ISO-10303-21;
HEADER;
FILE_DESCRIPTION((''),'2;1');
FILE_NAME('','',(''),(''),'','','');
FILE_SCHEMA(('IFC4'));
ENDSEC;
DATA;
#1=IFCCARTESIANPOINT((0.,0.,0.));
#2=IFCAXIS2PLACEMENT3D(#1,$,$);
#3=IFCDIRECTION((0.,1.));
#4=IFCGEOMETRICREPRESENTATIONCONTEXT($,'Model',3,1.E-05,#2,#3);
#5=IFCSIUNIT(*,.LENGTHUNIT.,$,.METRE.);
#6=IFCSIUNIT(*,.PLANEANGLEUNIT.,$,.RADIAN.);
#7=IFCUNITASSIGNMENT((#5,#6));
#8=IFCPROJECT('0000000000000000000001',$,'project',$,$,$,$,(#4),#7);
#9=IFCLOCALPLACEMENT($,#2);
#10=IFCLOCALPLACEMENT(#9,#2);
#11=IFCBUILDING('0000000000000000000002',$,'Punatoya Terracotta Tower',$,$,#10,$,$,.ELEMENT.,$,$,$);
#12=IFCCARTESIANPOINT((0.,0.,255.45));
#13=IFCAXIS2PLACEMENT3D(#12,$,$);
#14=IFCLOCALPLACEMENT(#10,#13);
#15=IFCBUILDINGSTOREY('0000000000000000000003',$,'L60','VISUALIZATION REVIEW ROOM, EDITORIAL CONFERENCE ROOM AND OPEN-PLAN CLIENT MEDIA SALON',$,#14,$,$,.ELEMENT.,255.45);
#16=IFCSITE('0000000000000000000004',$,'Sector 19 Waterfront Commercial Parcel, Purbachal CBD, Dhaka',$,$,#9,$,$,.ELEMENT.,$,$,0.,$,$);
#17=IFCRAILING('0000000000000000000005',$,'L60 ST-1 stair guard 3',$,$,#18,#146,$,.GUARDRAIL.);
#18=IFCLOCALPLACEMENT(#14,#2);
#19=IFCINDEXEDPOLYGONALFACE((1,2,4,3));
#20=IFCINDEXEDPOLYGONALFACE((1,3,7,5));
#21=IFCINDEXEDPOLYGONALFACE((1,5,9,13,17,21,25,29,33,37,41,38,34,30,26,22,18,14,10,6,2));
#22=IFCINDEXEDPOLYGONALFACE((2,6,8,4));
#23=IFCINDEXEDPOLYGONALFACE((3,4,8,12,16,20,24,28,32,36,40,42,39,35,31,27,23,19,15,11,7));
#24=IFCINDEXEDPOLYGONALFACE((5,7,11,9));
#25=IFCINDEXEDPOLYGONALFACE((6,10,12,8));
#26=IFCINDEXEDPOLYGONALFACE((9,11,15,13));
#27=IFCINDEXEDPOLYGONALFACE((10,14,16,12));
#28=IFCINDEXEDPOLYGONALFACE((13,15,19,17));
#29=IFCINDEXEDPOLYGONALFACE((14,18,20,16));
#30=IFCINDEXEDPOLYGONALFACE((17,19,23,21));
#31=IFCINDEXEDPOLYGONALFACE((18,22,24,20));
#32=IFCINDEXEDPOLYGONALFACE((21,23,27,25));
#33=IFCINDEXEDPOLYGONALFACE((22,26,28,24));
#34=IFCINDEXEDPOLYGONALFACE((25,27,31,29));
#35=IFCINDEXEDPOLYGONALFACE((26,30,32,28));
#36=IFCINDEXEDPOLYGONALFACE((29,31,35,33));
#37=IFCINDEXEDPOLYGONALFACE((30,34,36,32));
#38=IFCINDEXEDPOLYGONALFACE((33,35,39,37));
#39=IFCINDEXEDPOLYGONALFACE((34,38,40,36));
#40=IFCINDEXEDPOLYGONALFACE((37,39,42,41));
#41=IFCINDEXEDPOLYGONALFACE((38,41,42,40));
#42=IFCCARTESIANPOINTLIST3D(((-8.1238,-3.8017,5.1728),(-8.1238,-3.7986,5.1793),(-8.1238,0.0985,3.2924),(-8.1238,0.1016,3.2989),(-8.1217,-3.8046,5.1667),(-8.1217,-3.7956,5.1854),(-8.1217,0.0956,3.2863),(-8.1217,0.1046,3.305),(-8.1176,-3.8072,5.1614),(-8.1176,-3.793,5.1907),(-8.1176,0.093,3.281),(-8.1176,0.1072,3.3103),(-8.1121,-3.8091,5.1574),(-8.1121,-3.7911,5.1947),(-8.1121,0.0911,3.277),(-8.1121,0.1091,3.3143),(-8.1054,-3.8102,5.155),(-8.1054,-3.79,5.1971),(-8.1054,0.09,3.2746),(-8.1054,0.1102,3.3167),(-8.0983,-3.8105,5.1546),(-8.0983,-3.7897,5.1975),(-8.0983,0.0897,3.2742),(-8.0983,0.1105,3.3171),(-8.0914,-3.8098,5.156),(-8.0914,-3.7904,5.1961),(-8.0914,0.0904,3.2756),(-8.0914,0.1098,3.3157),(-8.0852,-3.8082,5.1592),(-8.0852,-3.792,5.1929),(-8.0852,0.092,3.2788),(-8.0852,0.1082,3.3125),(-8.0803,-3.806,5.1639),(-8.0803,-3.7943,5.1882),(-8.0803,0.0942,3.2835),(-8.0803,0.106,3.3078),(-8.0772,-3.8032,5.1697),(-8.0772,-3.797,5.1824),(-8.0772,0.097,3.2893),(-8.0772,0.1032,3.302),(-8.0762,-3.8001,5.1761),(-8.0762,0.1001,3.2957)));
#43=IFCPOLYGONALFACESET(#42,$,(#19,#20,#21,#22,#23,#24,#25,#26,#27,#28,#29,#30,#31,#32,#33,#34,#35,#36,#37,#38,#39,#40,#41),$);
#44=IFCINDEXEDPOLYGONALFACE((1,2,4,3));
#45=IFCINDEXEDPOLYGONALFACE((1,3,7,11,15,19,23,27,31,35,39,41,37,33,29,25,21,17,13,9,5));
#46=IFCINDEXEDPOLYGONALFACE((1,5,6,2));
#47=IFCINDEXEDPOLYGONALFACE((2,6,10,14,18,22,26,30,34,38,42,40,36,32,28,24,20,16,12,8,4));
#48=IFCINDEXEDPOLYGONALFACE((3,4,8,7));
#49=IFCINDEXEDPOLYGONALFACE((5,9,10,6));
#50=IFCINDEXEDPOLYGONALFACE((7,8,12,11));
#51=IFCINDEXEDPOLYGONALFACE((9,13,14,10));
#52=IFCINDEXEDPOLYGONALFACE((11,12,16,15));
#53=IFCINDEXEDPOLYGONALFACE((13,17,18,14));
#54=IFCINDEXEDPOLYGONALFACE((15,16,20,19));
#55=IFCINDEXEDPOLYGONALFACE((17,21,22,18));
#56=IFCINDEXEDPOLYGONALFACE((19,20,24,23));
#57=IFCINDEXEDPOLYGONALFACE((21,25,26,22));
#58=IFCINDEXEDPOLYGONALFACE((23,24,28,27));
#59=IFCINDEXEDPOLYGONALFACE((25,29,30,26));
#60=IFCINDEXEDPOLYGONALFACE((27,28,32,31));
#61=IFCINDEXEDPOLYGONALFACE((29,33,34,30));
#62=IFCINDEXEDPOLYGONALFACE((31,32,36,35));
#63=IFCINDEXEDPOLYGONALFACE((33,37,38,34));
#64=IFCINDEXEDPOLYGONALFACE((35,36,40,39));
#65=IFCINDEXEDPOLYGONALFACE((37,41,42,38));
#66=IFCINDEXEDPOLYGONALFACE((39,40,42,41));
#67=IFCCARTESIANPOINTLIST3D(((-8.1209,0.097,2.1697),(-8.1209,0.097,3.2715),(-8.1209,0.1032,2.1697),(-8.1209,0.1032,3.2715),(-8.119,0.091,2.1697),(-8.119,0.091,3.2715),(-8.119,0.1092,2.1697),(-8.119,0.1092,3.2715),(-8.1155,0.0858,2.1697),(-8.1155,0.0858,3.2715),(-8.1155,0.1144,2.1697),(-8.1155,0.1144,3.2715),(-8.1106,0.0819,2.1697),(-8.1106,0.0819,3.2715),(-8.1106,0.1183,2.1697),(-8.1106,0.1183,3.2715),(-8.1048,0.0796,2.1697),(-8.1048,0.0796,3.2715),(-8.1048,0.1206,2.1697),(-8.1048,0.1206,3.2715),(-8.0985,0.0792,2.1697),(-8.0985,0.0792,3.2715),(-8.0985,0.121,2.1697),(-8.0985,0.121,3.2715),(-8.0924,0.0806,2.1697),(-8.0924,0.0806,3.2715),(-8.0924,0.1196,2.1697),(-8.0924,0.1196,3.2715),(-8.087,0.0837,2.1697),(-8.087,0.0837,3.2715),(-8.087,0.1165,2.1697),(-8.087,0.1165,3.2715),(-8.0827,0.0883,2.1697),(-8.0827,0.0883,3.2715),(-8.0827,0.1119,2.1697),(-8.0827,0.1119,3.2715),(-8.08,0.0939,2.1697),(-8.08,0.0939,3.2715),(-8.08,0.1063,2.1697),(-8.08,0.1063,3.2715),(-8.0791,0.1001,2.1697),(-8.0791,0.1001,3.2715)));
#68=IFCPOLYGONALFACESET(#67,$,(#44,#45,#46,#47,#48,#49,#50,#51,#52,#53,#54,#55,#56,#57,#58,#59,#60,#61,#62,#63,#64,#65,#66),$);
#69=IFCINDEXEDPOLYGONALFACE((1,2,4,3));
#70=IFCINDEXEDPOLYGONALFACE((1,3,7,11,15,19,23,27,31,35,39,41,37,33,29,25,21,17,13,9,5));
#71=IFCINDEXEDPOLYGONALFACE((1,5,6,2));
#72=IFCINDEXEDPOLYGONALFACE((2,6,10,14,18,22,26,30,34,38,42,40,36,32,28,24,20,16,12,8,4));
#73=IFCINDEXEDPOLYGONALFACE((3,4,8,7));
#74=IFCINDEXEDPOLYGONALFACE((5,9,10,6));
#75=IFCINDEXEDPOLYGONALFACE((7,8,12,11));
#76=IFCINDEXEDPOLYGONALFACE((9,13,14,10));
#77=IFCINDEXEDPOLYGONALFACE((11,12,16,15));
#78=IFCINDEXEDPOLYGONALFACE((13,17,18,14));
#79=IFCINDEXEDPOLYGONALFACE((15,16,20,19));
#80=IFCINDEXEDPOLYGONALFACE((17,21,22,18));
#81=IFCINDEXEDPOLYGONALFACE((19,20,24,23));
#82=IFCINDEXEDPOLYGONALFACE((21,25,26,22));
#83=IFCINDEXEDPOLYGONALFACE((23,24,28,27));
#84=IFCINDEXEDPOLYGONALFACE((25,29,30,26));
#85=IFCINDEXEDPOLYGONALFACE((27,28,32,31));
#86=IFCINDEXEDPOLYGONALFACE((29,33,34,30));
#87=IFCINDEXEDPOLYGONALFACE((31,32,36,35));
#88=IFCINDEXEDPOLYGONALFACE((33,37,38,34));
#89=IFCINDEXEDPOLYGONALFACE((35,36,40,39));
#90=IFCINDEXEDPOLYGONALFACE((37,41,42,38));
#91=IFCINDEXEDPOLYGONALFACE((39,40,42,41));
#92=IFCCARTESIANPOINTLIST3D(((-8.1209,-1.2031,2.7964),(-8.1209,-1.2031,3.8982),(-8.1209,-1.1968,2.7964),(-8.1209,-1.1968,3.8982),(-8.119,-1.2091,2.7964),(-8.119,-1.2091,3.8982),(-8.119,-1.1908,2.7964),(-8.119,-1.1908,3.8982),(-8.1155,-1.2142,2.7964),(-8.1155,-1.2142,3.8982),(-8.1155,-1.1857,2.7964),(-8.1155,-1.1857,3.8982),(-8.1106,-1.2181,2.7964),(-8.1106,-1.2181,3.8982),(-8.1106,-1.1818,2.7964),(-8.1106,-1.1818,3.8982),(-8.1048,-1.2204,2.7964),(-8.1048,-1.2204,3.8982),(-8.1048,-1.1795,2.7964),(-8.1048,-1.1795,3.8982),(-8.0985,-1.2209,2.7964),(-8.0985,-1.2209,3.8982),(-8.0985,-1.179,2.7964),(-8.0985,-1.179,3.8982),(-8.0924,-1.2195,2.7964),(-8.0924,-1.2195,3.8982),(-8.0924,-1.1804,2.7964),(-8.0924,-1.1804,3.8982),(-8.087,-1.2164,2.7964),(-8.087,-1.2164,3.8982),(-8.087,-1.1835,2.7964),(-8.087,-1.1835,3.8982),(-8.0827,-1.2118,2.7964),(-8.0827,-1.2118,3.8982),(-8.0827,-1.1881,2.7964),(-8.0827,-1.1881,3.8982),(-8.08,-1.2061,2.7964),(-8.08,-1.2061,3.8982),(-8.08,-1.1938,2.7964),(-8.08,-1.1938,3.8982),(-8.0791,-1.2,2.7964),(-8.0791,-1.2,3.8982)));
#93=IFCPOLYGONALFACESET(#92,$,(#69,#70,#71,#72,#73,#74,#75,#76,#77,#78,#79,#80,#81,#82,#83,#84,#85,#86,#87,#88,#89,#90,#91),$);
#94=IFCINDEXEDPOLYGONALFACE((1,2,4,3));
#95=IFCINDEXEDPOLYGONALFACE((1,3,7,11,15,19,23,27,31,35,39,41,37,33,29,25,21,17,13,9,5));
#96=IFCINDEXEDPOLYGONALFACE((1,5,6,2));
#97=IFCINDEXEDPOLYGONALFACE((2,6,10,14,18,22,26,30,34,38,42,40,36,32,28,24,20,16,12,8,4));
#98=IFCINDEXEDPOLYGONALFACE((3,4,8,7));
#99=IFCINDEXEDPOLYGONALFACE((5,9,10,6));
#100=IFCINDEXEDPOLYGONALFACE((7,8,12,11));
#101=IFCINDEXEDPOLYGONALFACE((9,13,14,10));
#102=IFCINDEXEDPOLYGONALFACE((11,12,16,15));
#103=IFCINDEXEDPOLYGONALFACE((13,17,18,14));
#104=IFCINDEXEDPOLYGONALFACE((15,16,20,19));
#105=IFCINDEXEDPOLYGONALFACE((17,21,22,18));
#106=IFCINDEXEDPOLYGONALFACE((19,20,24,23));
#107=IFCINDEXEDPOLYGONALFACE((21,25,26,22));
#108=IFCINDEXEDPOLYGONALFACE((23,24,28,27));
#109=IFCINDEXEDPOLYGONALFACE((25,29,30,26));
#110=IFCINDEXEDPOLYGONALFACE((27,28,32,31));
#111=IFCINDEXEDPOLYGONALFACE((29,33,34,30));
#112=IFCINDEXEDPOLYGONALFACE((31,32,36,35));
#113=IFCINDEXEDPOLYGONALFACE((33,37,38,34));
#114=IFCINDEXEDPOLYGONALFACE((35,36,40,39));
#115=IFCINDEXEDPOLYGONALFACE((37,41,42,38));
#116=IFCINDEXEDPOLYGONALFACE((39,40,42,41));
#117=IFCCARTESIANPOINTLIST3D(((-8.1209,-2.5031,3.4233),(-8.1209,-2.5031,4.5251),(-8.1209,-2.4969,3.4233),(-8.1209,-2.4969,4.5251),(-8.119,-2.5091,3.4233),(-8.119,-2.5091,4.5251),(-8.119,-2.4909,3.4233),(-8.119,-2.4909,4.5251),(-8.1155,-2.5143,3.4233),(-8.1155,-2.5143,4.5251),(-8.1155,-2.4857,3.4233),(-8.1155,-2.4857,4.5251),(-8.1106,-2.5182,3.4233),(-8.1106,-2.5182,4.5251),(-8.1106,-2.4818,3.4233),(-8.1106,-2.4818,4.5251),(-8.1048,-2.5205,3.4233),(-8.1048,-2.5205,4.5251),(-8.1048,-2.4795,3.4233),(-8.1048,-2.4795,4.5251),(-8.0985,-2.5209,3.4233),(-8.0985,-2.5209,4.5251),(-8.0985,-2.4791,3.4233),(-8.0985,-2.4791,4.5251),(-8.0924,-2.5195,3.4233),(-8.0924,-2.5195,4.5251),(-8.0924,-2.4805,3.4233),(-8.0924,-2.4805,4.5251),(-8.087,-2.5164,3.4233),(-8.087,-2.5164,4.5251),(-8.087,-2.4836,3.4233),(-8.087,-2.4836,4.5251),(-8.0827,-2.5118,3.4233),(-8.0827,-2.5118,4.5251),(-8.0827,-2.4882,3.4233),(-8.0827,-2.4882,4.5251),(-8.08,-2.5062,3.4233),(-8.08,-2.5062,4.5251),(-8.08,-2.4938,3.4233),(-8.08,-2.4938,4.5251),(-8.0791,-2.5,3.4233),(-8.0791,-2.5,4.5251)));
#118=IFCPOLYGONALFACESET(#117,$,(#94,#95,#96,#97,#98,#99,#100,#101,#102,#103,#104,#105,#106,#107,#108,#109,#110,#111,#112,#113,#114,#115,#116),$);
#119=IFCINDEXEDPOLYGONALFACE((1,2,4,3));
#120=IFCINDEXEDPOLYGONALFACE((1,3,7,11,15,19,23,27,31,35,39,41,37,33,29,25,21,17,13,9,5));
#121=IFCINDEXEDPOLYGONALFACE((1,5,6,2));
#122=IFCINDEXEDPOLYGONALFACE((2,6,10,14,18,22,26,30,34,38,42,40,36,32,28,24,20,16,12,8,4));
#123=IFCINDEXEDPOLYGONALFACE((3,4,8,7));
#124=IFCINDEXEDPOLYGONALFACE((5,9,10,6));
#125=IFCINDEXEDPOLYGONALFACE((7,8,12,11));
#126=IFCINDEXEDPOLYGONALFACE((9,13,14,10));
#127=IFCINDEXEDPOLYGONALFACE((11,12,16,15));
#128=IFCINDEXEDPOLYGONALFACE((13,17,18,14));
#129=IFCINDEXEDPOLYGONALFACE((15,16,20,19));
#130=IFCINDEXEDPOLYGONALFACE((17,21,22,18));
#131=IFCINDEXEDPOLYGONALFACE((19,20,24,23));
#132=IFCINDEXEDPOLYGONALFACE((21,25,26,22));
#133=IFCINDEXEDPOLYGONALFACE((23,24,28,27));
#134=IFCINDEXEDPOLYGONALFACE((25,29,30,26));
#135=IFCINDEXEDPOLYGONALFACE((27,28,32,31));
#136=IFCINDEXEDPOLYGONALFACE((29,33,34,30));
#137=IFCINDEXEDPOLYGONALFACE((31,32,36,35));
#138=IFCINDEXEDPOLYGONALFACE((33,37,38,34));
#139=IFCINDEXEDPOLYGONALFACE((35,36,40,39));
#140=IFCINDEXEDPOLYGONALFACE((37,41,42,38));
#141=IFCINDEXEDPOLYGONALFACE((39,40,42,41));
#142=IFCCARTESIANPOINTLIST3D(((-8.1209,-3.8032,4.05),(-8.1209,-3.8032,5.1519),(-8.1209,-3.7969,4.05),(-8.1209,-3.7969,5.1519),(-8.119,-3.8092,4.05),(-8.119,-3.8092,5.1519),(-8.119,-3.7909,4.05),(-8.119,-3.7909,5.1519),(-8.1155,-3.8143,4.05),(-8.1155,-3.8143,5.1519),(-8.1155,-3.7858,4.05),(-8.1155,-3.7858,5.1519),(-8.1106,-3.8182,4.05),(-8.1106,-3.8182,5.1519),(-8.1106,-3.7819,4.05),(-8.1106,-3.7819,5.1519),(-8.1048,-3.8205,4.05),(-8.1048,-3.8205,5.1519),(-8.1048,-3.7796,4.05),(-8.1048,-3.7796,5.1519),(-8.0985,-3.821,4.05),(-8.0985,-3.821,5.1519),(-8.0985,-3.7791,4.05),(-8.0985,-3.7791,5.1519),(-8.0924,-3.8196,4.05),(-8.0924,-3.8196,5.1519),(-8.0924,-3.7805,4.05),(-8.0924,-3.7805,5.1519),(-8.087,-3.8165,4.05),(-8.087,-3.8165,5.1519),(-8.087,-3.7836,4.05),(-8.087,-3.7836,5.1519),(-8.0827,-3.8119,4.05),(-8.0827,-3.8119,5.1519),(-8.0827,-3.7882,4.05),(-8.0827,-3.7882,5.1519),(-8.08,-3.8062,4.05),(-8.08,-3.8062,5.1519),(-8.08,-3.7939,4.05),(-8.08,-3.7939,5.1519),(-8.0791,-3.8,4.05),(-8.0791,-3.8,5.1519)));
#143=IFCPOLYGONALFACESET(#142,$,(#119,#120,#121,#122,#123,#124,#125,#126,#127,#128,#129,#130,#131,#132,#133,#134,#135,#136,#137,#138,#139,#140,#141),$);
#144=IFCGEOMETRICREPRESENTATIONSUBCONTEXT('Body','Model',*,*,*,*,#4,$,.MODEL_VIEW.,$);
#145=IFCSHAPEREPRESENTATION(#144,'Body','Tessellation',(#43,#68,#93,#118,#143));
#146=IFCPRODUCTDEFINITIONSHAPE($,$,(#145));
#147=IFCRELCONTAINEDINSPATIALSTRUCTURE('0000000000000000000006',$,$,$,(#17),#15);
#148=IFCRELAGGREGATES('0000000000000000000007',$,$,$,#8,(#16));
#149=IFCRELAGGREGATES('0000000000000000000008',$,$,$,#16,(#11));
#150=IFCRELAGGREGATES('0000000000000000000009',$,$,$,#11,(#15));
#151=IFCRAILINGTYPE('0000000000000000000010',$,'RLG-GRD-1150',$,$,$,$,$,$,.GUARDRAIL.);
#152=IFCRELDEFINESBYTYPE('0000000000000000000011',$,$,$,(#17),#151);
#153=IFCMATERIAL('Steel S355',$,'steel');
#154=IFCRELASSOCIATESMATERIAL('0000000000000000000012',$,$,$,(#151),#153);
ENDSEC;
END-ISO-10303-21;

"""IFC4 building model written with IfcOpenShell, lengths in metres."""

from ifc_helpers import new_model, si_unit, direction, frame, origin, origin_2d, place, context, subcontext, project, spatial, circle, extrude, material, type_object, element, save


model = new_model("IFC4")

# Units and contexts
model_context = context("Model", 3, precision=1e-05, world=origin(), true_north=direction((0.0, 1.0)))
body_context = subcontext(model_context, "Body", "Model", "MODEL_VIEW")
ifc_project = project(units=[si_unit("LENGTHUNIT", "METRE"), si_unit("PLANEANGLEUNIT", "RADIAN")], contexts=[model_context])

# Site, building, storey
site_placement = place(None, origin())
site = spatial("IfcSite", under=ifc_project, at=site_placement, Name="Sector 19 Waterfront Commercial Parcel, Purbachal CBD, Dhaka", CompositionType="ELEMENT", RefElevation=0.0)
building_placement = place(site_placement, origin())
building = spatial("IfcBuilding", under=site, at=building_placement, Name="Punatoya Terracotta Tower", CompositionType="ELEMENT")
storey_placement = place(building_placement, frame((0.0, 0.0, 255.45)))
storey = spatial("IfcBuildingStorey", under=building, at=storey_placement, Name="L60", Description="VISUALIZATION REVIEW ROOM, EDITORIAL CONFERENCE ROOM AND OPEN-PLAN CLIENT MEDIA SALON", CompositionType="ELEMENT", Elevation=255.45)

# Shared definitions
ifc_material_1 = material(Name="Steel S355", Category="steel")

# Railing
railing_type_1 = type_object("IfcRailingType", Name="RLG-GRD-1150", PredefinedType="GUARDRAIL", material=ifc_material_1)
railing_1_placement = place(storey_placement, frame((-8.1001, 0.1001, 2.1697)))
element("IfcRailing", 1, at=railing_1_placement, inside=storey, type_object=railing_type_1, Name="L60 ST-1 stair guard 3", PredefinedType="GUARDRAIL", context=body_context, shape_type="SweptSolid", body=[
    extrude(circle(Radius=0.0239, at=origin_2d()), frame((0.0, 0.0, 1.126), z_axis=(0.0, -0.900774, 0.434289), x_axis=(1.0, 0.0, 0.0)), (0.0, 0.0, 1.0), 4.3298),
    extrude(circle(Radius=0.021, at=origin_2d()), origin(), (0.0, 0.0, 1.0), 1.1018),
    extrude(circle(Radius=0.021, at=origin_2d()), frame((0.0, -1.3, 0.6267)), (0.0, 0.0, 1.0), 1.1018),
    extrude(circle(Radius=0.021, at=origin_2d()), frame((0.0, -2.6001, 1.2537)), (0.0, 0.0, 1.0), 1.1018),
    extrude(circle(Radius=0.021, at=origin_2d()), frame((0.0, -3.9001, 1.8804)), (0.0, 0.0, 1.0), 1.1018),
])

save(model, "model.ifc")
